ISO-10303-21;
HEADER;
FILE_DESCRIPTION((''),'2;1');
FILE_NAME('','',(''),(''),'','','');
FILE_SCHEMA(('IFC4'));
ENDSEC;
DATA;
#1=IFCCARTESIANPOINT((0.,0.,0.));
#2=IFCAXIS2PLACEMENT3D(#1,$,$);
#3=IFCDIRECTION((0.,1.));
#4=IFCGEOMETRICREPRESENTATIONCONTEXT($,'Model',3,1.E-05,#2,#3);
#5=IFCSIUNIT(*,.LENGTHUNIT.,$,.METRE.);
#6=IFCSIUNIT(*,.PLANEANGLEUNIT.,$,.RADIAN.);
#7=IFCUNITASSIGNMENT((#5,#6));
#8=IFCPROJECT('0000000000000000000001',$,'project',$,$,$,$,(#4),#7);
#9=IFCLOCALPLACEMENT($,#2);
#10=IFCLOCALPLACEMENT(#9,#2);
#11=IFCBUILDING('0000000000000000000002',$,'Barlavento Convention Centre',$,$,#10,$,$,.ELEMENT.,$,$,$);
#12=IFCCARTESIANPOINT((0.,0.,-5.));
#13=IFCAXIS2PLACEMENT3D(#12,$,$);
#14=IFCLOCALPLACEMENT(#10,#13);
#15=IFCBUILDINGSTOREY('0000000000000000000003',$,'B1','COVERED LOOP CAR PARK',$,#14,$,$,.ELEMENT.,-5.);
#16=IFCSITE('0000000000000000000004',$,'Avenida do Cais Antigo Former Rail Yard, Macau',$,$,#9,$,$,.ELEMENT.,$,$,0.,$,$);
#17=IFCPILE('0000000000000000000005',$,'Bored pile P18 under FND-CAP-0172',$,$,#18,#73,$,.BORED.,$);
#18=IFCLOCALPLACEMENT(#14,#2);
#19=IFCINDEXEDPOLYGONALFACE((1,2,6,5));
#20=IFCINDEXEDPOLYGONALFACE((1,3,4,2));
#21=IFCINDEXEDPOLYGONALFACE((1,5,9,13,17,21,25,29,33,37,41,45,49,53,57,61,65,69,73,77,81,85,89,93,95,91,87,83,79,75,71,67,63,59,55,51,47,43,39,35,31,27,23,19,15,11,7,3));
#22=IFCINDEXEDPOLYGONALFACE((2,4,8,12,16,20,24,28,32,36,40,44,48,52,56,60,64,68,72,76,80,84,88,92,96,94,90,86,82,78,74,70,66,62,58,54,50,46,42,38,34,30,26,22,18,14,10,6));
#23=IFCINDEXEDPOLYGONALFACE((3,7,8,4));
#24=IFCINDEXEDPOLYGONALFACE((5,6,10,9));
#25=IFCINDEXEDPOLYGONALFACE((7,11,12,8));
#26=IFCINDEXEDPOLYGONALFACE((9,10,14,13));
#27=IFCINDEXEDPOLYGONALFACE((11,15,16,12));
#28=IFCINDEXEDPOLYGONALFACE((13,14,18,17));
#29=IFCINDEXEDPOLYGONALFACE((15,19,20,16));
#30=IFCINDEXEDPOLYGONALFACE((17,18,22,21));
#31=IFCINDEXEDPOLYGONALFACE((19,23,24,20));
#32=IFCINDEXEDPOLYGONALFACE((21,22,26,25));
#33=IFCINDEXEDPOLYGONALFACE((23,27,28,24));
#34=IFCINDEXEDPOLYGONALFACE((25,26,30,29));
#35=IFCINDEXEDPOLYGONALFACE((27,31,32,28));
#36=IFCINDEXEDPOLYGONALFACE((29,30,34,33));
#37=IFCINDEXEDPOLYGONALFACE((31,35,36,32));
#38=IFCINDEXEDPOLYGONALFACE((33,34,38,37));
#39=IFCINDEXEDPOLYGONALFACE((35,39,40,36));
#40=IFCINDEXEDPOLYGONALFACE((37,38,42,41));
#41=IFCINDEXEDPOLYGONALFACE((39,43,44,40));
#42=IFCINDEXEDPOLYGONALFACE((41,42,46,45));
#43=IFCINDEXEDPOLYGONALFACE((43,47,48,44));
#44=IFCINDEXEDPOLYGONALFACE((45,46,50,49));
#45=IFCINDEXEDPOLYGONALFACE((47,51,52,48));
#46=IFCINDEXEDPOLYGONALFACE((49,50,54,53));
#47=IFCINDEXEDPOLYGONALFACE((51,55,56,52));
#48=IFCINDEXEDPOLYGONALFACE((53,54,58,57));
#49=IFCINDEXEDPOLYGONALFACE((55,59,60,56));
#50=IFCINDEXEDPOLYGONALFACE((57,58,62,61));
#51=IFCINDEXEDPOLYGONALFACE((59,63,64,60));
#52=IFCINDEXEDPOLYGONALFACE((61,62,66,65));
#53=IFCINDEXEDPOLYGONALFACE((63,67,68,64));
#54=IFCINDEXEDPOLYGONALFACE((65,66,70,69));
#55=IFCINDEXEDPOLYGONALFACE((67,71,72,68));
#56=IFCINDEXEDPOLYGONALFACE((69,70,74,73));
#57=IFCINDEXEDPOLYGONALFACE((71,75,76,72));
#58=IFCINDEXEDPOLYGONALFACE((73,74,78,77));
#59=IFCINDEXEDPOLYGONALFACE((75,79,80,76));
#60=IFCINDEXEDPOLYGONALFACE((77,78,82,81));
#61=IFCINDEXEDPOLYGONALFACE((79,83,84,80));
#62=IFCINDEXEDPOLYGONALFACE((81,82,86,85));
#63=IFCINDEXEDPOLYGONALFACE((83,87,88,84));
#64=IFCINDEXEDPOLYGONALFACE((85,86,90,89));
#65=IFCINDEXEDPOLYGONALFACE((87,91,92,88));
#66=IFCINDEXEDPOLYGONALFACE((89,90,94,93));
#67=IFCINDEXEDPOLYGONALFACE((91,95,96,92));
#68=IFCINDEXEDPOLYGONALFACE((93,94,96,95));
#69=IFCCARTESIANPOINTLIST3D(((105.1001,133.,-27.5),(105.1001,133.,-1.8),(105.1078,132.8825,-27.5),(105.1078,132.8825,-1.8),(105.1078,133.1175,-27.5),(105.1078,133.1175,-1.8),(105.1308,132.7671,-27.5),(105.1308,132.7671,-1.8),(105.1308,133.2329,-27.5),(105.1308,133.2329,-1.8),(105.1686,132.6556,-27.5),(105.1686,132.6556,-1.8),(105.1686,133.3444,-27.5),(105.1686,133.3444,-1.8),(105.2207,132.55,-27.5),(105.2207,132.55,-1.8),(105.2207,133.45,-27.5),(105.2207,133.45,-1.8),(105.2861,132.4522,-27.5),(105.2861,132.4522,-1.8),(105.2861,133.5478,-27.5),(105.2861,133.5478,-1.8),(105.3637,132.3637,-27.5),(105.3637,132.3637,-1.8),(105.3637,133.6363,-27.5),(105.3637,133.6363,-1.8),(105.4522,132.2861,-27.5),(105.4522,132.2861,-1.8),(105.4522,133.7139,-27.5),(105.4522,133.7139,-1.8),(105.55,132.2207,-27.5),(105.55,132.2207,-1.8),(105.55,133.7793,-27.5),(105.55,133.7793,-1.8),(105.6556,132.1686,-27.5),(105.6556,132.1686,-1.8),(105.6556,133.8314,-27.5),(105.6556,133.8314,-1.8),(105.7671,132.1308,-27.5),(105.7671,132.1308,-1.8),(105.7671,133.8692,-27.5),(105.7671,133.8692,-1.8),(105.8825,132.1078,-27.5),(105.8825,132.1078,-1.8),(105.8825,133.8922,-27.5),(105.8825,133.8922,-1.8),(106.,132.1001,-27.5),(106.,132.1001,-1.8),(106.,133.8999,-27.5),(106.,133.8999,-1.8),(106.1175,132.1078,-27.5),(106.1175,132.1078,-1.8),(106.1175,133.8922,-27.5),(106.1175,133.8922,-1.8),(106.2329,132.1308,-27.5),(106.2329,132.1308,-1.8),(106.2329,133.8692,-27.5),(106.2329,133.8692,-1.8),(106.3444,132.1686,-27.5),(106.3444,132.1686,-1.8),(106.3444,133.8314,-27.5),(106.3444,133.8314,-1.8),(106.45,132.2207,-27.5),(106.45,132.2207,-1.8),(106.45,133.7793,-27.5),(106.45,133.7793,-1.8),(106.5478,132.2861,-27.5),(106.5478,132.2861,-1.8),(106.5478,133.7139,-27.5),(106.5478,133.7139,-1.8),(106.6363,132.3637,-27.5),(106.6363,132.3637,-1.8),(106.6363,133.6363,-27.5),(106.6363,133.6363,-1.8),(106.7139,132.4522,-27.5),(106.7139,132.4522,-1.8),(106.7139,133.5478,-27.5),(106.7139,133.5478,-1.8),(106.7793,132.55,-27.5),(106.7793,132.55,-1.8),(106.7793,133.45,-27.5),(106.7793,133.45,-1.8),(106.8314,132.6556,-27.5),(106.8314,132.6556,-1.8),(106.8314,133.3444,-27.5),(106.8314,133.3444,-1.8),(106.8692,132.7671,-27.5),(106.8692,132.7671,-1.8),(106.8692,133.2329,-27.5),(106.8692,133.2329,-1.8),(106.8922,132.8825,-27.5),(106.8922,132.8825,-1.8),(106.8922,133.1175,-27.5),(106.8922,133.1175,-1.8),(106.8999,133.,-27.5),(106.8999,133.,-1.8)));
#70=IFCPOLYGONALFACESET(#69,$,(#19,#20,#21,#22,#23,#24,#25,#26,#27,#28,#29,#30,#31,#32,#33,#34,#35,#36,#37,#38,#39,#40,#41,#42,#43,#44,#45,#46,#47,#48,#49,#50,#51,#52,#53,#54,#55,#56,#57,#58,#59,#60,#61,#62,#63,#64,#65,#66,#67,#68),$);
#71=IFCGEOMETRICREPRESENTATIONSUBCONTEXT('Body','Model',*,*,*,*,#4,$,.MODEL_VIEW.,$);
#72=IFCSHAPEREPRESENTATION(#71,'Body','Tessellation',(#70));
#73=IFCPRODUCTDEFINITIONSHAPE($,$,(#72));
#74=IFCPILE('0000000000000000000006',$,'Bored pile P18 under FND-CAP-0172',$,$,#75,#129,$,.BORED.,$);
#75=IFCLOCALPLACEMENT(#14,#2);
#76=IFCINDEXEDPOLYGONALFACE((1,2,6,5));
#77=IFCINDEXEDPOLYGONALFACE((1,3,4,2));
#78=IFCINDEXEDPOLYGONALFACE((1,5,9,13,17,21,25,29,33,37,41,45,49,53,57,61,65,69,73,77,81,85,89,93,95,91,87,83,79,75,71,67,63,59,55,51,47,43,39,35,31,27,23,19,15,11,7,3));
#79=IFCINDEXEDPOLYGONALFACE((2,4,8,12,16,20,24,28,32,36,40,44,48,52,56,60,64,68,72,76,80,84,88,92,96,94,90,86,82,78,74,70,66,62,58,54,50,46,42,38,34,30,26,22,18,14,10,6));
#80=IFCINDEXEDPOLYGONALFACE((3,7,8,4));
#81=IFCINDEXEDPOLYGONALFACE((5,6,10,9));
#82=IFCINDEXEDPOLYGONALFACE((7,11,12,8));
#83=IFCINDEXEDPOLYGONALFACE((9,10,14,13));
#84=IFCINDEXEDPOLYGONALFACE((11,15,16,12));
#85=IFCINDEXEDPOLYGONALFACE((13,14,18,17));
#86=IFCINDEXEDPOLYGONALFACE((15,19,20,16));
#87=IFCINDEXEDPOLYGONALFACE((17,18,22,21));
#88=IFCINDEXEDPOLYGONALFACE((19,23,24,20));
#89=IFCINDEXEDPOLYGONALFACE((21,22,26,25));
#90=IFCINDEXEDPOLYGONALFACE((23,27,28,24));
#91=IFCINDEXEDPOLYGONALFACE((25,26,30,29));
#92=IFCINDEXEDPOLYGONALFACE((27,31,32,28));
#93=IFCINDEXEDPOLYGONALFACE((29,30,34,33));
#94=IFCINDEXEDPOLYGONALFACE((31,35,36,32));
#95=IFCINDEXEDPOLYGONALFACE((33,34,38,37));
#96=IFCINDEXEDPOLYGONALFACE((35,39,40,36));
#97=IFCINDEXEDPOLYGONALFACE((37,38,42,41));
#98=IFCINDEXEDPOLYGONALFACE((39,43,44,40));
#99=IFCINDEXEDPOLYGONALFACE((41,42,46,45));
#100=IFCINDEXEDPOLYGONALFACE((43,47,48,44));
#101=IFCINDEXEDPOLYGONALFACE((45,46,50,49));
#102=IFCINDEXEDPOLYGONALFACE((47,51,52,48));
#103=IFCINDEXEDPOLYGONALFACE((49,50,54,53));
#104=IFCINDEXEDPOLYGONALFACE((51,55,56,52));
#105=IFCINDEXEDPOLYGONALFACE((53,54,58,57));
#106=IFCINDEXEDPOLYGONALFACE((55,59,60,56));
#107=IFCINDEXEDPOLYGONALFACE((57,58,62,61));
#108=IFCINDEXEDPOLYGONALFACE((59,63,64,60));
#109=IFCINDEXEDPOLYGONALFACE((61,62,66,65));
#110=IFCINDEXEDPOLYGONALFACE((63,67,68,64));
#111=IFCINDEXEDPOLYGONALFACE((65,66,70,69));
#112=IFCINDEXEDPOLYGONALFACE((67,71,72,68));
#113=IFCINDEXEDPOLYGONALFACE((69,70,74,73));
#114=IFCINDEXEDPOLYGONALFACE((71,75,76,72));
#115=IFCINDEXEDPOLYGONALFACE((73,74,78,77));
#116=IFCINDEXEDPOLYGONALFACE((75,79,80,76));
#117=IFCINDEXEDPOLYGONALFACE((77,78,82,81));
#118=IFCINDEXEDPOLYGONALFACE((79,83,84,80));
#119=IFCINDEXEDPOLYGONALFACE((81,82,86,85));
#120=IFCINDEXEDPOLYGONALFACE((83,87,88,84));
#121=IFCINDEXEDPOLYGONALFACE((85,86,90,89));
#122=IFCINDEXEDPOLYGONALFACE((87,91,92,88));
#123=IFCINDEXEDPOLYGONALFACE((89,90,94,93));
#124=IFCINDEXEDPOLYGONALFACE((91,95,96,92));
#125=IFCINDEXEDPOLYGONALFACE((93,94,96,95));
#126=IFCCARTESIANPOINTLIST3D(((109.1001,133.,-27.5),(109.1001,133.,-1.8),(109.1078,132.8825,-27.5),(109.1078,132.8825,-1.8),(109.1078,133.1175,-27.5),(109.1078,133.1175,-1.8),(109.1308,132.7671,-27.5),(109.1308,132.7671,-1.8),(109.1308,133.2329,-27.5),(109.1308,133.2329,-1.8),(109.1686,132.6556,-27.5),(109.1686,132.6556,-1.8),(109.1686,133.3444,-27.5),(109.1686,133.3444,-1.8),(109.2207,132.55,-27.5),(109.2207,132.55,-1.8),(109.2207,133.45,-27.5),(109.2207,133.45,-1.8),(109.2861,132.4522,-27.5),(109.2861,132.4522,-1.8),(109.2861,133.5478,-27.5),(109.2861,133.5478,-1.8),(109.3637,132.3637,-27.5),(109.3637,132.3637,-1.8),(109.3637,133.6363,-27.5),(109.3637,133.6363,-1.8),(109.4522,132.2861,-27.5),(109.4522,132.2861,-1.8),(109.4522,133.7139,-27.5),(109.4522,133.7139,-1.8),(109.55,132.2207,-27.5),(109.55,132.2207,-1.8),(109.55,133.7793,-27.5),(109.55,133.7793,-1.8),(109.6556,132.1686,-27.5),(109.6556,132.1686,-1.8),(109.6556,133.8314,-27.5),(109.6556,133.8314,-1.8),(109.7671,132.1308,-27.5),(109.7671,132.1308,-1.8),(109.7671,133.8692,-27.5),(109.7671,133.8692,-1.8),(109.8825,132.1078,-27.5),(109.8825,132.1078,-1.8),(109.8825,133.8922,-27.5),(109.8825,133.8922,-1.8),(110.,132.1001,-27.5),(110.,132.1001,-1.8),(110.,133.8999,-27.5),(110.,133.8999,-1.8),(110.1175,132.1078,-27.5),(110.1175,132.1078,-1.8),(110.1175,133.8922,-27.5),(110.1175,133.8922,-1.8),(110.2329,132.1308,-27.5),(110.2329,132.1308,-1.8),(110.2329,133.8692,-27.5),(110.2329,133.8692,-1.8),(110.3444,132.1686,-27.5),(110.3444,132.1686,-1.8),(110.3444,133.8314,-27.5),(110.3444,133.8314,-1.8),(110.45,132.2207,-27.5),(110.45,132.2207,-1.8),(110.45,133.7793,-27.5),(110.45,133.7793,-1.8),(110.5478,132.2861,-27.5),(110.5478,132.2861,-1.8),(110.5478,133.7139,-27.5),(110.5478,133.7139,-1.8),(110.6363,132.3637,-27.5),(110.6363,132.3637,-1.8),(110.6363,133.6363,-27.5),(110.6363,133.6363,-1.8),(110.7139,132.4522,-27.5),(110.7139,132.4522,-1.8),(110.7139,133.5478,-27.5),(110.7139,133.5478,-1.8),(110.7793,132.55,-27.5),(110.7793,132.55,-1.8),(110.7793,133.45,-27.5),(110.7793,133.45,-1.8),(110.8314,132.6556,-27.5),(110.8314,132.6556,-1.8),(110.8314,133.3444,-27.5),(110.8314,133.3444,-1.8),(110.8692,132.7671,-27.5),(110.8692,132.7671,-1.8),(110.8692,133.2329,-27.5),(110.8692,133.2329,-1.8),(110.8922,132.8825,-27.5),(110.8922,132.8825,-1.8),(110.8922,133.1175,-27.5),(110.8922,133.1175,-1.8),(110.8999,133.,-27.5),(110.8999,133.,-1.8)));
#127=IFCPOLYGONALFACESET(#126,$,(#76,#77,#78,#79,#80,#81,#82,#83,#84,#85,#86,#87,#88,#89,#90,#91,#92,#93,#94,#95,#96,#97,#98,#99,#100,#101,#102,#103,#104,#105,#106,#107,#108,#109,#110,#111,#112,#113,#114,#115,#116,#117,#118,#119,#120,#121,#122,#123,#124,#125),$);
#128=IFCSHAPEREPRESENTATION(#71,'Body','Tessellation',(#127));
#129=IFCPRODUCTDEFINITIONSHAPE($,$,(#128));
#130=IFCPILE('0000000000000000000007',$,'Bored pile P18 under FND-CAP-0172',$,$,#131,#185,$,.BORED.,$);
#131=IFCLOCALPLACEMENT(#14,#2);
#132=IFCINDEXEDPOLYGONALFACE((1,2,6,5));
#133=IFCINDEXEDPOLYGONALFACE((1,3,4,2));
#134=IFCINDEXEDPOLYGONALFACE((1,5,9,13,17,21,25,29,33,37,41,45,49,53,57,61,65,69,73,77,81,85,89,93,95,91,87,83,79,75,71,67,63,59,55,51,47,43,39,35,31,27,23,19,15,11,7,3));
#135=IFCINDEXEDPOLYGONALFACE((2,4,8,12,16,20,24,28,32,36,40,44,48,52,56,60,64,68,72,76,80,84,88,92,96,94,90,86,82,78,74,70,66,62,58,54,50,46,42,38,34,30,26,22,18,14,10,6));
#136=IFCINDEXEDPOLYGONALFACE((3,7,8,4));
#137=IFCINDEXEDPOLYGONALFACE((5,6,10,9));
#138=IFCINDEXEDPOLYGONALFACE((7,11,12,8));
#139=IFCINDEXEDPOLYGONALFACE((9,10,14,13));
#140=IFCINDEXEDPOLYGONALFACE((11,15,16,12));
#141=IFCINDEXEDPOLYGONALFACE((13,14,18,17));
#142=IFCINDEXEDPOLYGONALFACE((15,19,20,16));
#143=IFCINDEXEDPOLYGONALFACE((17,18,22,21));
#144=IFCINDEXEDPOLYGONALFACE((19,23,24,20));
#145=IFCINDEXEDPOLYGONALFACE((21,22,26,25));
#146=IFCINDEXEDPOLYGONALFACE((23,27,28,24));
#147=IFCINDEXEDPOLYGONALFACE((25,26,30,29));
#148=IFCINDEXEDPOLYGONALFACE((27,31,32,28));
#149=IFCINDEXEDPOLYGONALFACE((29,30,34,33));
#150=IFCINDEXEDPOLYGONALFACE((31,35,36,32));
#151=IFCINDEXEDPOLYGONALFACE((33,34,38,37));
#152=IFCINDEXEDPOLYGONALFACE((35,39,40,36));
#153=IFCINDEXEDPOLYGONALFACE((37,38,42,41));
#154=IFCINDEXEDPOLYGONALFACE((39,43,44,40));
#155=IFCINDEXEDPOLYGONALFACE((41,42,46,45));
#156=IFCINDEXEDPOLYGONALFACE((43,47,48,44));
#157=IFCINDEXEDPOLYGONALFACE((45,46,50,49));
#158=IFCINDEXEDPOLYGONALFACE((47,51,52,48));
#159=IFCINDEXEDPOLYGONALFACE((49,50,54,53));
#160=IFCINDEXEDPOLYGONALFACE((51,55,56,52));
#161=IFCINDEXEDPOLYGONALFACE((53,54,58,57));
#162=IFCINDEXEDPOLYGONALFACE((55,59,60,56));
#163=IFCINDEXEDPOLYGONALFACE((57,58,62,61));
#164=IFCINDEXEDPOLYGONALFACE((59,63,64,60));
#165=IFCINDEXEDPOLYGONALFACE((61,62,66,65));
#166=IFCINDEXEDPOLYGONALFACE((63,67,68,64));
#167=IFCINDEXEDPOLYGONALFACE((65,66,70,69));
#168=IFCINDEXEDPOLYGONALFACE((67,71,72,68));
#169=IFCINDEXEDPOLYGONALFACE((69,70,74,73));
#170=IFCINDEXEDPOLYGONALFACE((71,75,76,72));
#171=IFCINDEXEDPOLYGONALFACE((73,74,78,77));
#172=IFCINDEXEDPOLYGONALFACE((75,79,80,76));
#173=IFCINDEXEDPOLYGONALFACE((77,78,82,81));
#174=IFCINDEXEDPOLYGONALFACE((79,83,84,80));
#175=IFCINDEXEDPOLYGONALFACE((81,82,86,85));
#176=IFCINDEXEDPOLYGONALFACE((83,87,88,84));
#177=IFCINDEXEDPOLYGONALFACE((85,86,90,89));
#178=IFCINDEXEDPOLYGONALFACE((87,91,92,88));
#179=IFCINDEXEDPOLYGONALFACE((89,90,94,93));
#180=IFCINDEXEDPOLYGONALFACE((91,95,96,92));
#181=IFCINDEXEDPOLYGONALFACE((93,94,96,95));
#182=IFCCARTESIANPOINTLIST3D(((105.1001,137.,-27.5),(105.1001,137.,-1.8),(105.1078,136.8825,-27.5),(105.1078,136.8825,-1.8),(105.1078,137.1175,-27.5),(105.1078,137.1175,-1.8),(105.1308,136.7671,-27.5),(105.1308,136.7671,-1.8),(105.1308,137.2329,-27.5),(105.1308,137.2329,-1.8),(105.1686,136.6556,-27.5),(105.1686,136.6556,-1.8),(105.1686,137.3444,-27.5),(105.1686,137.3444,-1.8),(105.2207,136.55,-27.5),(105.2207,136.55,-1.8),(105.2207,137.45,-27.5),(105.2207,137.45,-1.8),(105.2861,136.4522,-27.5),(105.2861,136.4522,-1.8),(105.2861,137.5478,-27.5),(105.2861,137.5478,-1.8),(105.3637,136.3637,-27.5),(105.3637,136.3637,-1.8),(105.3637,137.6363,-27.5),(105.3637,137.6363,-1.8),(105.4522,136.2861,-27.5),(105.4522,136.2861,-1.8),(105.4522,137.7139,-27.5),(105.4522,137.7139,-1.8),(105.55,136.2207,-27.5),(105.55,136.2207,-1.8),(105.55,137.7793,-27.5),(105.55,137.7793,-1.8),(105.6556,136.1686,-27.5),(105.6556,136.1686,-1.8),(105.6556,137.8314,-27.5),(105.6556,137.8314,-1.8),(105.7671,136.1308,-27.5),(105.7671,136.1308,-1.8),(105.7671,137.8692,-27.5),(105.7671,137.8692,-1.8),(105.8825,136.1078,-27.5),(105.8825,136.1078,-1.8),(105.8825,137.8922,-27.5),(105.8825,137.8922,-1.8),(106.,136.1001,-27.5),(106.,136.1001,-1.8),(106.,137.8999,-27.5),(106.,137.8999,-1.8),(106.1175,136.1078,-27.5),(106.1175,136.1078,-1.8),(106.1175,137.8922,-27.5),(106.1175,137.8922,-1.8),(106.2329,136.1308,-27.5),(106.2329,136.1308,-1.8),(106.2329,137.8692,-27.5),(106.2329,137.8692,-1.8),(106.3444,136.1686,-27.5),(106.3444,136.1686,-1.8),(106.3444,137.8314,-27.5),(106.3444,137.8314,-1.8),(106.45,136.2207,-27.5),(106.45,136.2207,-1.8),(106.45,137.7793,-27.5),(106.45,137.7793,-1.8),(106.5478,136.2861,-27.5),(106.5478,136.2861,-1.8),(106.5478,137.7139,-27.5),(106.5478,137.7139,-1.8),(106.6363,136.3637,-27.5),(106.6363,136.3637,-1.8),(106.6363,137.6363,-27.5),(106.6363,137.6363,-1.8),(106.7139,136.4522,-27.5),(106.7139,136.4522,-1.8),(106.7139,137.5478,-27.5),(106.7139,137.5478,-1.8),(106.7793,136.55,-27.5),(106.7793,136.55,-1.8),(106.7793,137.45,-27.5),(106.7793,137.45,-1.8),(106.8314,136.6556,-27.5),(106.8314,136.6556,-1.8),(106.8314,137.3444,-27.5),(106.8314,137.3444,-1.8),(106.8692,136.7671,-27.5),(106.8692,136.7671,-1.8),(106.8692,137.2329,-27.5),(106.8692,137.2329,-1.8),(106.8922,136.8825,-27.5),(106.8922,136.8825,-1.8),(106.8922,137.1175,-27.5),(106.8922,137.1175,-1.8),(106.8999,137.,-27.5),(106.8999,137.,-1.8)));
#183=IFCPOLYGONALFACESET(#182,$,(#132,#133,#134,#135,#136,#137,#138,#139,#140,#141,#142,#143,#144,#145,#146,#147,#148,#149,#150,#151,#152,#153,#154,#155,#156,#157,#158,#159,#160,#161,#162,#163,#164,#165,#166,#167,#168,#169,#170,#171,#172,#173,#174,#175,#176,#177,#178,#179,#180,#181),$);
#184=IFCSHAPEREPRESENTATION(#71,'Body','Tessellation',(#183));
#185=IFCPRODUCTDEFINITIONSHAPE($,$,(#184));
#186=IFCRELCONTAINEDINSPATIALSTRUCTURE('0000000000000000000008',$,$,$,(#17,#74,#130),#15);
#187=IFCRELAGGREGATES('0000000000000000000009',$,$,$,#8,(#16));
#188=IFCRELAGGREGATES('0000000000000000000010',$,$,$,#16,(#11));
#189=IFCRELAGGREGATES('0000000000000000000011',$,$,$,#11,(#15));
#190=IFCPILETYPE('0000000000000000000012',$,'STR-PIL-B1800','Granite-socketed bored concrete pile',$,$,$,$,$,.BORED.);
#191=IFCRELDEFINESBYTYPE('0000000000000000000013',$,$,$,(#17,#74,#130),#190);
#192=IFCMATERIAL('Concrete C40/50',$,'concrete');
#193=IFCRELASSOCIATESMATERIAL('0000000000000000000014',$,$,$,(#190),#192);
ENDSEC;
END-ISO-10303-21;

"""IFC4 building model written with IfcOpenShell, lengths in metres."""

from ifc_helpers import new_model, si_unit, direction, frame, origin, origin_2d, place, context, subcontext, project, spatial, circle, extrude, material, material_profile, profile_set, type_object, element, save


model = new_model("IFC4")

# Units and contexts
model_context = context("Model", 3, precision=1e-05, world=origin(), true_north=direction((0.0, 1.0)))
body_context = subcontext(model_context, "Body", "Model", "MODEL_VIEW")
ifc_project = project(units=[si_unit("LENGTHUNIT", "METRE"), si_unit("PLANEANGLEUNIT", "RADIAN")], contexts=[model_context])

# Site, building, storey
site_placement = place(None, origin())
site = spatial("IfcSite", under=ifc_project, at=site_placement, Name="Avenida do Cais Antigo Former Rail Yard, Macau", CompositionType="ELEMENT", RefElevation=0.0)
building_placement = place(site_placement, origin())
building = spatial("IfcBuilding", under=site, at=building_placement, Name="Barlavento Convention Centre", CompositionType="ELEMENT")
storey_placement = place(building_placement, frame((0.0, 0.0, -5.0)))
storey = spatial("IfcBuildingStorey", under=building, at=storey_placement, Name="B1", Description="COVERED LOOP CAR PARK", CompositionType="ELEMENT", Elevation=-5.0)

# Shared definitions
ifc_material_1 = material(Name="Concrete C40/50", Category="concrete")

# Piles
ifc_material_profile_1 = material_profile(ifc_material_1, circle(Radius=0.8999, at=origin_2d()), Name="BORED PILE 1800")
ifc_profile_set_1 = profile_set([ifc_material_profile_1], Name="Concrete C40/50")
pile_type_1 = type_object("IfcPileType", Name="STR-PIL-B1800", Description="Granite-socketed bored concrete pile", PredefinedType="BORED", material=ifc_profile_set_1)
for number, where, z_axis, x_axis, name in (
    (1, (106.0, 133.0, -1.8), (0.0, 0.0, -1.0), (1.0, 0.0, 0.0), "Bored pile P18 under FND-CAP-0172"),
    (2, (110.0, 133.0, -1.8), (0.0, 0.0, -1.0), (1.0, 0.0, 0.0), "Bored pile P18 under FND-CAP-0172"),
    (3, (106.0, 137.0, -1.8), (0.0, 0.0, -1.0), (1.0, 0.0, 0.0), "Bored pile P18 under FND-CAP-0172"),
):
    element("IfcPile", number, at=place(storey_placement, frame(where, z_axis=z_axis, x_axis=x_axis)), inside=storey, type_object=pile_type_1, Name=name, PredefinedType="BORED", context=body_context, shape_type="SweptSolid", body=[
        extrude(circle(Radius=0.8999, at=origin_2d()), origin(), (0.0, 0.0, 1.0), 25.7),
    ])

save(model, "model.ifc")
